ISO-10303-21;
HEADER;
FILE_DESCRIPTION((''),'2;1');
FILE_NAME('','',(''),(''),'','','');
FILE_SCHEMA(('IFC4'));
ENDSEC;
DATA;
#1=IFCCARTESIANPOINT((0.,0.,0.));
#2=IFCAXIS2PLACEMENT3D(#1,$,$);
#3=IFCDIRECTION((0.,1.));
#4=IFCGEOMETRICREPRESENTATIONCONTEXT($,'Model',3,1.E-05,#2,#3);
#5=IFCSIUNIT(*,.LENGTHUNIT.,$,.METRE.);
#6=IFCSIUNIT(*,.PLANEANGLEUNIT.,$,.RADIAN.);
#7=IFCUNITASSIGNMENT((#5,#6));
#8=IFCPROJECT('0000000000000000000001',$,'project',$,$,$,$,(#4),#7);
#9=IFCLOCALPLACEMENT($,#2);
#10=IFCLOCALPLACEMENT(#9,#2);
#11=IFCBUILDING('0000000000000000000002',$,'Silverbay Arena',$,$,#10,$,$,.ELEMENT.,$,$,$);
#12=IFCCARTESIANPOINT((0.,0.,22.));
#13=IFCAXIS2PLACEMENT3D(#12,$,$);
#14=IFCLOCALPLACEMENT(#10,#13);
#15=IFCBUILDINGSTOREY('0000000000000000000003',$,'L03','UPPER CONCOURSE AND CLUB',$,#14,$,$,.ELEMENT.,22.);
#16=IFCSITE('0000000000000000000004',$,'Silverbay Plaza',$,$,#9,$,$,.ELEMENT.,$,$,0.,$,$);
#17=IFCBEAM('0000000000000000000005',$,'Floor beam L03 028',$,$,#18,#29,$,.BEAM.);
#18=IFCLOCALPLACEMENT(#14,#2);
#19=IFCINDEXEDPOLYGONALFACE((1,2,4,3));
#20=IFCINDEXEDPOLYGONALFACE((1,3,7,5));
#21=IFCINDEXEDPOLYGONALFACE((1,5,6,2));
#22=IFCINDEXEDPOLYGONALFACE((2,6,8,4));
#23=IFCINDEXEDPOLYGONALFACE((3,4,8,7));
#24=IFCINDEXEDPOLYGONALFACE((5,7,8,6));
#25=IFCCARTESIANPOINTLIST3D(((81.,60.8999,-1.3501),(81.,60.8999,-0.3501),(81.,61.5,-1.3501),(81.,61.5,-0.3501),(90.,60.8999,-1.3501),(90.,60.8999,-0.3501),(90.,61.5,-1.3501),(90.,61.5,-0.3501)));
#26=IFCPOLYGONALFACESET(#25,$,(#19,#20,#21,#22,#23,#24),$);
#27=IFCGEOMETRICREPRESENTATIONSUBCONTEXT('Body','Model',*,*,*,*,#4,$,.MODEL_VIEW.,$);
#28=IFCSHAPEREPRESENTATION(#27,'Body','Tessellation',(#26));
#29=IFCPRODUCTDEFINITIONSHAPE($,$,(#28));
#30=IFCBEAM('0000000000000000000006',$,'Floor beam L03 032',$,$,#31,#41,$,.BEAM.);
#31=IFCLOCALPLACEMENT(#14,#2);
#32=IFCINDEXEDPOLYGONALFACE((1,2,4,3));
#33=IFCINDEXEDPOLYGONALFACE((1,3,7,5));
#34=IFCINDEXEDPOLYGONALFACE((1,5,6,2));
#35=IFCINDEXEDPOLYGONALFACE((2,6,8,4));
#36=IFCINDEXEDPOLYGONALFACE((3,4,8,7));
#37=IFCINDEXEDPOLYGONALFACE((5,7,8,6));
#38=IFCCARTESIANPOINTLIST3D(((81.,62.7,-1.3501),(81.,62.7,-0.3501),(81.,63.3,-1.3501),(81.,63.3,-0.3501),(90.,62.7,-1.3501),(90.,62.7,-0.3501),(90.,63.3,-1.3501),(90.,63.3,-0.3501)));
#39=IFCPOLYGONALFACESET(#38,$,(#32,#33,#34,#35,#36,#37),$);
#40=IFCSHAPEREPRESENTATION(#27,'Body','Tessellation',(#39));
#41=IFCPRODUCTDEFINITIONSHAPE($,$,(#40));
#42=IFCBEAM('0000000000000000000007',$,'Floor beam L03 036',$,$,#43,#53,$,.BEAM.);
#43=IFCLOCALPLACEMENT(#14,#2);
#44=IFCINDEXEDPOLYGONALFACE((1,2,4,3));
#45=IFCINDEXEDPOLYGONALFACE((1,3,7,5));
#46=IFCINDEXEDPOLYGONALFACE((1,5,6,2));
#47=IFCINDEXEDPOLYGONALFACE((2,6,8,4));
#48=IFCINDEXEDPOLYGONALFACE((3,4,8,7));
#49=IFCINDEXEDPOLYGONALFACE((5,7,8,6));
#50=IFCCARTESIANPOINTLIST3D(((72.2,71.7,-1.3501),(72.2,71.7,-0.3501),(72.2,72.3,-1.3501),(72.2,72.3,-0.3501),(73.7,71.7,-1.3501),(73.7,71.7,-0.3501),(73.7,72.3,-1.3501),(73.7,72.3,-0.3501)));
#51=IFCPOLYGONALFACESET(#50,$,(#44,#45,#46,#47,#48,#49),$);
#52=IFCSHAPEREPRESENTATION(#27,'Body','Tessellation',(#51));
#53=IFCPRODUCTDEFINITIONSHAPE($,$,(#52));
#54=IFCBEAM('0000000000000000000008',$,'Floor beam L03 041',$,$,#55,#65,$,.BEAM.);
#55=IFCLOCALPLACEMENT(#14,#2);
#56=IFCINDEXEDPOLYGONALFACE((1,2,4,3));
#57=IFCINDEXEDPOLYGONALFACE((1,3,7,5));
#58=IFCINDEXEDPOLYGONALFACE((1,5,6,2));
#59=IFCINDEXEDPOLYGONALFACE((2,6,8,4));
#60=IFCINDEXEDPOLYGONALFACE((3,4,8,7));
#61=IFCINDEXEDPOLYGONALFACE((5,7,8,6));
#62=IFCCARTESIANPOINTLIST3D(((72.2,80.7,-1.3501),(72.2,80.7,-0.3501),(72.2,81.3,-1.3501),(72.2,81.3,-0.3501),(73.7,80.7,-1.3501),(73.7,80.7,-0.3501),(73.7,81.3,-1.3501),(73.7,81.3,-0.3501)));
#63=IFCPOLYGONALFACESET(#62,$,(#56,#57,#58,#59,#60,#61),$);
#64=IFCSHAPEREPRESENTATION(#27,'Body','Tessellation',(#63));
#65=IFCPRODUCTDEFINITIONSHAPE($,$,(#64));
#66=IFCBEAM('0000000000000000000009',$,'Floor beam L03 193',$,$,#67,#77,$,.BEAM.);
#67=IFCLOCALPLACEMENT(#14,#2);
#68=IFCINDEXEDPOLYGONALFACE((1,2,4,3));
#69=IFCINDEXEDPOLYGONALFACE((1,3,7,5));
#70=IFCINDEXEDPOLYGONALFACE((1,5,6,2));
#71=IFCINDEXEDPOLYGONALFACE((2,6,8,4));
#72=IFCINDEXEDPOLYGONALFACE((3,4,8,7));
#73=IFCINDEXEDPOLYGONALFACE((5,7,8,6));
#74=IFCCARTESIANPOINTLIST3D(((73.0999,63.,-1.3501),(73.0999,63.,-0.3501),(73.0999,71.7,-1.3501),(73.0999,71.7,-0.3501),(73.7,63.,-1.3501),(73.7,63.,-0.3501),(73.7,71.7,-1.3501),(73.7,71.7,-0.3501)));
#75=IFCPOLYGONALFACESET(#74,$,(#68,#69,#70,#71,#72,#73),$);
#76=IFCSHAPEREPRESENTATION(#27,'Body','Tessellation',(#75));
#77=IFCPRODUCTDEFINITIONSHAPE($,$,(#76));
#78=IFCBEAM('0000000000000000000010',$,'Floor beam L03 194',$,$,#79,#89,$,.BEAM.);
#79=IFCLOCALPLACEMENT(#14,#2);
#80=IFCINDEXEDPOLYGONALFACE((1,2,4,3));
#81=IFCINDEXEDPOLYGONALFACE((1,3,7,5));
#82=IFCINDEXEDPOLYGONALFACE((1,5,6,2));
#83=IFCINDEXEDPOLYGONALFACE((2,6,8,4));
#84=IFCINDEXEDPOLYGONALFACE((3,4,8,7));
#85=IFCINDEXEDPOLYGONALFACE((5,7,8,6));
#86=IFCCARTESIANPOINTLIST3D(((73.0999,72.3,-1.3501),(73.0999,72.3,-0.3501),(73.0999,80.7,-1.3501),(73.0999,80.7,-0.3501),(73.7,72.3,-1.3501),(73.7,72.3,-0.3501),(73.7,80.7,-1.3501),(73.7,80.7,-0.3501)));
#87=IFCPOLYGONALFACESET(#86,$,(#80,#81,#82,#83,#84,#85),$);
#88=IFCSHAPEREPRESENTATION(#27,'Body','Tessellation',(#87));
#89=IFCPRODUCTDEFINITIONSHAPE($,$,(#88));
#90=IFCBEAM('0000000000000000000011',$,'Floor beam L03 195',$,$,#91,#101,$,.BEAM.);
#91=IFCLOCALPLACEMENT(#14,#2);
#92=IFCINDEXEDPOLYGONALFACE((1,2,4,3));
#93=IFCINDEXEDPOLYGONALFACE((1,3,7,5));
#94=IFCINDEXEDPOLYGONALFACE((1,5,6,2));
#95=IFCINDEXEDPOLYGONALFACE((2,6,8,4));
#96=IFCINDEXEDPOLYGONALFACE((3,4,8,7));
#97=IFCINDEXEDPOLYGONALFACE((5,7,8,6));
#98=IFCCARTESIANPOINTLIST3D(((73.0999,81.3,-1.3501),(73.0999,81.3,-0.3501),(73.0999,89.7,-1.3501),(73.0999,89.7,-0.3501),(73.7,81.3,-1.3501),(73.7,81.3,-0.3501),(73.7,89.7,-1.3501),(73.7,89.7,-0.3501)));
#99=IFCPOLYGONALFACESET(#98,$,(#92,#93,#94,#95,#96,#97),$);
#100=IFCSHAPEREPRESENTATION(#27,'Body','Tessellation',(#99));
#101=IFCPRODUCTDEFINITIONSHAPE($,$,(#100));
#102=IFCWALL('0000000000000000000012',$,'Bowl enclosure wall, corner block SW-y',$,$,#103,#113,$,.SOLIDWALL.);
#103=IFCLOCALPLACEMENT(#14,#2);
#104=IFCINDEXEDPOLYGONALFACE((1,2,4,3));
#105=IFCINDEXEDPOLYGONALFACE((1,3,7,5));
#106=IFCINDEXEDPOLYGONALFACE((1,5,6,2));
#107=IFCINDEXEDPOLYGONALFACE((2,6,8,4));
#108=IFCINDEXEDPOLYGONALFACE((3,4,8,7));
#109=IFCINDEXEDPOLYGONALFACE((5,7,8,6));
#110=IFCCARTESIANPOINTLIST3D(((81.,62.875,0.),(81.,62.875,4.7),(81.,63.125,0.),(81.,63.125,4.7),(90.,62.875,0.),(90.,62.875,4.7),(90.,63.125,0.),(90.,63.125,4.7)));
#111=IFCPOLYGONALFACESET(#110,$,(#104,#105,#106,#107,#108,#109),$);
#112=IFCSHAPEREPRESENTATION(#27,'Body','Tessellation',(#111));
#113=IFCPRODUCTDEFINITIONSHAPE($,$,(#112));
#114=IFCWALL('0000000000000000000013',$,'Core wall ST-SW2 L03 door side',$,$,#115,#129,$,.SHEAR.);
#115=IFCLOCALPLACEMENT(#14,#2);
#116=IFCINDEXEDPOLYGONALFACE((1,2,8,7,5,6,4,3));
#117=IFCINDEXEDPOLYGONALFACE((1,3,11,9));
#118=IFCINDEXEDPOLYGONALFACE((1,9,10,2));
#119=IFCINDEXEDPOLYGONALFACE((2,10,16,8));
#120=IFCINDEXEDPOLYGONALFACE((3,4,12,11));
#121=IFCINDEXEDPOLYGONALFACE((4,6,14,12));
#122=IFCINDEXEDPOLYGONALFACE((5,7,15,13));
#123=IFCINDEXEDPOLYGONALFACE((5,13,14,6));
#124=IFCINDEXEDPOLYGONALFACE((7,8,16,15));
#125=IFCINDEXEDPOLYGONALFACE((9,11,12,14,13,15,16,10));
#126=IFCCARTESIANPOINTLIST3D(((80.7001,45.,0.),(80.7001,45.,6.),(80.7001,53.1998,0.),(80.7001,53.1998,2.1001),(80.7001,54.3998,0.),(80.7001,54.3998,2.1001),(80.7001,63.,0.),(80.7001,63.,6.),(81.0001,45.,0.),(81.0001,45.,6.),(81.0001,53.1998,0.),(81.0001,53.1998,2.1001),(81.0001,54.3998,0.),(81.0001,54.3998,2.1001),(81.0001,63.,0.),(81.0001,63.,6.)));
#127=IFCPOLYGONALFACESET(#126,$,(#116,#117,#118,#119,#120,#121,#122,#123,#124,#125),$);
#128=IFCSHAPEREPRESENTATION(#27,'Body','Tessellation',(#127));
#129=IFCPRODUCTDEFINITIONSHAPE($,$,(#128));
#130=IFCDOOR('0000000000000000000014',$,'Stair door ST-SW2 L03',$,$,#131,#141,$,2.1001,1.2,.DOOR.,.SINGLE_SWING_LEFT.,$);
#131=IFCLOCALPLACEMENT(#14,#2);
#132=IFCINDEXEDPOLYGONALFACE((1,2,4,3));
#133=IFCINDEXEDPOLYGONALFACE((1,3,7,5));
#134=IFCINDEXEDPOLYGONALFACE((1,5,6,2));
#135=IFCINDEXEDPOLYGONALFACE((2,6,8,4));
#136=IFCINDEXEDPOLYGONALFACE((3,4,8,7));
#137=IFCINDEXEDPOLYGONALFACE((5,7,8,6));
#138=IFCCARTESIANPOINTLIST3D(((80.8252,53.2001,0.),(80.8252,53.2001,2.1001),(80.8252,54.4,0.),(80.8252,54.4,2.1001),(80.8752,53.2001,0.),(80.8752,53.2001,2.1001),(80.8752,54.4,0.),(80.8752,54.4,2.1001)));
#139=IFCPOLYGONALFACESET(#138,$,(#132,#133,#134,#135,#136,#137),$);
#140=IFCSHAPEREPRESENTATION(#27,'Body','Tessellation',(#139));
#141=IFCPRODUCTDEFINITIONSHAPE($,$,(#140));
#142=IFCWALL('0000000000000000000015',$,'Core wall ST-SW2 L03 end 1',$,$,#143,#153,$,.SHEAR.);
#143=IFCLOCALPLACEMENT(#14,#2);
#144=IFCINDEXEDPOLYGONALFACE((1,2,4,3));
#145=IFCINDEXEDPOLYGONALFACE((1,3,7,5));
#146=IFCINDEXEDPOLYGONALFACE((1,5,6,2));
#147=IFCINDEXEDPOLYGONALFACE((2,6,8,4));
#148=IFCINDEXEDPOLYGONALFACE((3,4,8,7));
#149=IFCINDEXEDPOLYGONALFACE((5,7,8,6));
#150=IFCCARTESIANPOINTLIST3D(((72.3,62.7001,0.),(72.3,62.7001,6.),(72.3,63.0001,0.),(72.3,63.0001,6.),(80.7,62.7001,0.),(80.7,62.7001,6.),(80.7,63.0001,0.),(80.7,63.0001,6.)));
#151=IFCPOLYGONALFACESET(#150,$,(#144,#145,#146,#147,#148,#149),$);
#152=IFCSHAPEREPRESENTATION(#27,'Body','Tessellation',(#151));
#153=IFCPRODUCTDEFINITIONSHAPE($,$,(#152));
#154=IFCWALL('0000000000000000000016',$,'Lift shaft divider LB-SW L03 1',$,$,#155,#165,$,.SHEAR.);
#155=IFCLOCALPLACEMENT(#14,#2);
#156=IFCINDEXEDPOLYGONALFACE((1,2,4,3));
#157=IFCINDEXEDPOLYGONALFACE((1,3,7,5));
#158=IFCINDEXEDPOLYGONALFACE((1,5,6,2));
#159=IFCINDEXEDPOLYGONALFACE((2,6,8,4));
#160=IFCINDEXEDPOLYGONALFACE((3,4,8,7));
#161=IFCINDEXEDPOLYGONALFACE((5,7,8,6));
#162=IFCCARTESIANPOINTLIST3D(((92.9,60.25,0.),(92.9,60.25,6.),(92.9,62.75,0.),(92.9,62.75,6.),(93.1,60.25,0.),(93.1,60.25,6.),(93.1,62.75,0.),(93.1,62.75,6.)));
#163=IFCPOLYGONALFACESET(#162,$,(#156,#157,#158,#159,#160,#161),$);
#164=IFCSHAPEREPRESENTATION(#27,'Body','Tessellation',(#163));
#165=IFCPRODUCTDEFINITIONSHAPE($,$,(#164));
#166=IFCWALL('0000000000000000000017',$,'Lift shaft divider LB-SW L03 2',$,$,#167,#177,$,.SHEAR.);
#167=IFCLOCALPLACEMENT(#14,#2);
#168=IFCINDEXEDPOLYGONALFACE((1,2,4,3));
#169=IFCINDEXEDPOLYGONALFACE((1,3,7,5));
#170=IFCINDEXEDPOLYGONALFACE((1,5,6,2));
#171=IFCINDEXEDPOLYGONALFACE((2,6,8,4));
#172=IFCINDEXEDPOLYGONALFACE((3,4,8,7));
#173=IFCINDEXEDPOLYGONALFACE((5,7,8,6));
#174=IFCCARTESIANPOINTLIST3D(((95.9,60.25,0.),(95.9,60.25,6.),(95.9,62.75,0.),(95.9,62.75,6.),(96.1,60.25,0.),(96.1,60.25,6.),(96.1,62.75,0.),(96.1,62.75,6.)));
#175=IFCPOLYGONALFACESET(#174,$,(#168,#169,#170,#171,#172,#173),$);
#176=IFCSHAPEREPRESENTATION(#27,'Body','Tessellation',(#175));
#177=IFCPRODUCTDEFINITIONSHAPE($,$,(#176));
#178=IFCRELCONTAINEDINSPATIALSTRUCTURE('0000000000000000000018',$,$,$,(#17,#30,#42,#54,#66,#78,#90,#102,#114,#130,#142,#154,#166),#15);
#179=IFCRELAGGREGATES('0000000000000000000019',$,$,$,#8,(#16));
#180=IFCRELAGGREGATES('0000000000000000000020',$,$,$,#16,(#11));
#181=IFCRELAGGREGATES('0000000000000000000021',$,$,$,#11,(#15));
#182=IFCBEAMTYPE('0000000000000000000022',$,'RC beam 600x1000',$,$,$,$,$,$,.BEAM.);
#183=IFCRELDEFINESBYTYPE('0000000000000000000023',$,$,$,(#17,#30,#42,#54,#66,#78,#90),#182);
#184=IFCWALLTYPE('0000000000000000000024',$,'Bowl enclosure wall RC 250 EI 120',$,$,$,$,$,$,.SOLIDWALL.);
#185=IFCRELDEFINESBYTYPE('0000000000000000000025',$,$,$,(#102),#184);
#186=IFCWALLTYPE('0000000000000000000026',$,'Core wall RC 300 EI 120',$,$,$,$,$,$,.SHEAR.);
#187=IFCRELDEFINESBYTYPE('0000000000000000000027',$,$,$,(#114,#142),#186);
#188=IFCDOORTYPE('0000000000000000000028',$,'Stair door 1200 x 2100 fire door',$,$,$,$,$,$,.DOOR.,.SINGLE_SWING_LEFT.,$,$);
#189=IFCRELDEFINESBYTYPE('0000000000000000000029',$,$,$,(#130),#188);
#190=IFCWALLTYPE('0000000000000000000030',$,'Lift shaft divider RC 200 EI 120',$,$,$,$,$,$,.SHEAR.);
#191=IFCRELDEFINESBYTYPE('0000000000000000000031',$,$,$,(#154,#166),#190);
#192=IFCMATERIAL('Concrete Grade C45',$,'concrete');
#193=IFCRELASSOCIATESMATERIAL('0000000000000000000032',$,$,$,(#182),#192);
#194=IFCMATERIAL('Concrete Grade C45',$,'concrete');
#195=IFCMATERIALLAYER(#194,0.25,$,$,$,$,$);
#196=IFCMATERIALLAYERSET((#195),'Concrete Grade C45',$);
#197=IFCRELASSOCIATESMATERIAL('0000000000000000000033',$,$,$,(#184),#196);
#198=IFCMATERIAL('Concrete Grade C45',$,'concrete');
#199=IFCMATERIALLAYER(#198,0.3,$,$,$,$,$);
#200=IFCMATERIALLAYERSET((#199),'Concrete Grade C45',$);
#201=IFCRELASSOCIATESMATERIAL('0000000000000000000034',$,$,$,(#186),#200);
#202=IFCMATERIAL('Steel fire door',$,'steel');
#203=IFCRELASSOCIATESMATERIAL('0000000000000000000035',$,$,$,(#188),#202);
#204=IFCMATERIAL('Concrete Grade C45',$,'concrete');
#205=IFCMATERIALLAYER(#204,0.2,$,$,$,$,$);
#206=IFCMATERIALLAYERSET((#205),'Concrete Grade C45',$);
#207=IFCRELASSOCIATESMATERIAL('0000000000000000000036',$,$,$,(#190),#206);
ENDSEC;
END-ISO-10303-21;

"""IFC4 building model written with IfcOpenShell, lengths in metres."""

from ifc_helpers import new_model, si_unit, direction, frame, frame_2d, origin, origin_2d, place, context, subcontext, project, spatial, rectangle, extrude, material, layer, layer_set, material_profile, profile_set, type_object, element, fill, save


model = new_model("IFC4")

# Units and contexts
model_context = context("Model", 3, precision=1e-05, world=origin(), true_north=direction((0.0, 1.0)))
body_context = subcontext(model_context, "Body", "Model", "MODEL_VIEW")
ifc_project = project(units=[si_unit("LENGTHUNIT", "METRE"), si_unit("PLANEANGLEUNIT", "RADIAN")], contexts=[model_context])

# Site, building, storey
site_placement = place(None, origin())
site = spatial("IfcSite", under=ifc_project, at=site_placement, Name="Silverbay Plaza", CompositionType="ELEMENT", RefElevation=0.0)
building_placement = place(site_placement, origin())
building = spatial("IfcBuilding", under=site, at=building_placement, Name="Silverbay Arena", CompositionType="ELEMENT")
storey_placement = place(building_placement, frame((0.0, 0.0, 22.0)))
storey = spatial("IfcBuildingStorey", under=building, at=storey_placement, Name="L03", Description="UPPER CONCOURSE AND CLUB", CompositionType="ELEMENT", Elevation=22.0)

# Beams
ifc_material_1 = material(Name="Concrete Grade C45", Category="concrete")
ifc_material_profile = material_profile(ifc_material_1, rectangle(XDim=0.6001, YDim=1.0, at=origin_2d()), Name="RC 600x1000")
ifc_profile_set = profile_set([ifc_material_profile], Name="Concrete Grade C45")
beam_type = type_object("IfcBeamType", Name="RC beam 600x1000", PredefinedType="BEAM", material=ifc_profile_set)
for number, where, z_axis, x_axis, name in (
    (1, (81.0, 61.2, -0.8501), (1.0, 0.0, 0.0), (0.0, 1.0, 0.0), "Floor beam L03 028"),
    (2, (81.0, 63.0, -0.8501), (1.0, 0.0, 0.0), (0.0, 1.0, 0.0), "Floor beam L03 032"),
):
    element("IfcBeam", number, at=place(storey_placement, frame(where, z_axis=z_axis, x_axis=x_axis)), inside=storey, type_object=beam_type, Name=name, PredefinedType="BEAM", context=body_context, shape_type="SweptSolid", body=[
        extrude(rectangle(XDim=0.6001, YDim=1.0, at=origin_2d()), origin(), (0.0, 0.0, 1.0), 9.0),
    ])
for number, where, z_axis, x_axis, name in (
    (3, (72.2, 72.0, -0.8501), (1.0, 0.0, 0.0), (0.0, 1.0, 0.0), "Floor beam L03 036"),
    (4, (72.2, 81.0, -0.8501), (1.0, 0.0, 0.0), (0.0, 1.0, 0.0), "Floor beam L03 041"),
):
    element("IfcBeam", number, at=place(storey_placement, frame(where, z_axis=z_axis, x_axis=x_axis)), inside=storey, type_object=beam_type, Name=name, PredefinedType="BEAM", context=body_context, shape_type="SweptSolid", body=[
        extrude(rectangle(XDim=0.6001, YDim=1.0, at=origin_2d()), origin(), (0.0, 0.0, 1.0), 1.5),
    ])
beam_placement = place(storey_placement, frame((73.3999, 63.0, -0.8501), z_axis=(0.0, 1.0, 0.0), x_axis=(-1.0, 0.0, 0.0)))
element("IfcBeam", 5, at=beam_placement, inside=storey, type_object=beam_type, Name="Floor beam L03 193", PredefinedType="BEAM", context=body_context, shape_type="SweptSolid", body=[
    extrude(rectangle(XDim=0.6001, YDim=1.0, at=origin_2d()), origin(), (0.0, 0.0, 1.0), 8.7),
])
for number, where, z_axis, x_axis, name in (
    (6, (73.3999, 72.3, -0.8501), (0.0, 1.0, 0.0), (-1.0, 0.0, 0.0), "Floor beam L03 194"),
    (7, (73.3999, 81.3, -0.8501), (0.0, 1.0, 0.0), (-1.0, 0.0, 0.0), "Floor beam L03 195"),
):
    element("IfcBeam", number, at=place(storey_placement, frame(where, z_axis=z_axis, x_axis=x_axis)), inside=storey, type_object=beam_type, Name=name, PredefinedType="BEAM", context=body_context, shape_type="SweptSolid", body=[
        extrude(rectangle(XDim=0.6001, YDim=1.0, at=origin_2d()), origin(), (0.0, 0.0, 1.0), 8.3999),
    ])

# Wall
ifc_material_2 = material(Name="Concrete Grade C45", Category="concrete")
ifc_layer_1 = layer(ifc_material_2, 0.25)
ifc_layer_set_1 = layer_set([ifc_layer_1], Name="Concrete Grade C45")
wall_type_1 = type_object("IfcWallType", Name="Bowl enclosure wall RC 250 EI 120", PredefinedType="SOLIDWALL", material=ifc_layer_set_1)
wall_1_placement = place(storey_placement, frame((81.0, 63.0, 0.0), z_axis=(0.0, 0.0, 1.0), x_axis=(1.0, 0.0, 0.0)))
element("IfcWall", 8, at=wall_1_placement, inside=storey, type_object=wall_type_1, Name="Bowl enclosure wall, corner block SW-y", PredefinedType="SOLIDWALL", context=body_context, shape_type="SweptSolid", body=[
    extrude(rectangle(XDim=9.0, YDim=0.25, at=frame_2d((4.5, 0.0))), origin(), (0.0, 0.0, 1.0), 4.7),
])

# Wall, opening, door
ifc_material_3 = material(Name="Concrete Grade C45", Category="concrete")
ifc_layer_2 = layer(ifc_material_3, 0.3)
ifc_layer_set_2 = layer_set([ifc_layer_2], Name="Concrete Grade C45")
wall_type_2 = type_object("IfcWallType", Name="Core wall RC 300 EI 120", PredefinedType="SHEAR", material=ifc_layer_set_2)
wall_2_placement = place(storey_placement, frame((80.8501, 63.0, 0.0), z_axis=(0.0, 0.0, 1.0), x_axis=(0.0, -1.0, 0.0)))
wall_2 = element("IfcWall", 9, at=wall_2_placement, inside=storey, type_object=wall_type_2, Name="Core wall ST-SW2 L03 door side", PredefinedType="SHEAR", context=body_context, shape_type="SweptSolid", body=[
    extrude(rectangle(XDim=18.0, YDim=0.3, at=frame_2d((9.0, 0.0))), origin(), (0.0, 0.0, 1.0), 6.0),
])
opening_1_placement = place(wall_2_placement, frame((8.6001, 0.0, 0.0)))
opening_1 = element("IfcOpeningElement", 10, at=opening_1_placement, cuts=wall_2, PredefinedType="OPENING", context=body_context, shape_type="SweptSolid", body=[
    extrude(rectangle(XDim=1.2, YDim=2.1001, at=frame_2d((0.6001, 1.05))), frame((0.0, 0.1602, 0.0), z_axis=(0.0, -1.0, 0.0), x_axis=(1.0, 0.0, 0.0)), (0.0, 0.0, 1.0), 0.3201),
])
ifc_material_4 = material(Name="Steel fire door", Category="steel")
door_type_1 = type_object("IfcDoorType", Name="Stair door 1200 x 2100 fire door", OperationType="SINGLE_SWING_LEFT", PredefinedType="DOOR", material=ifc_material_4)
door_1_placement = place(opening_1_placement, frame((1.2, 0.0, 0.0), z_axis=(0.0, 0.0, 1.0), x_axis=(-1.0, 0.0, 0.0)))
door_1 = element("IfcDoor", 11, at=door_1_placement, inside=storey, type_object=door_type_1, Name="Stair door ST-SW2 L03", OperationType="SINGLE_SWING_LEFT", OverallHeight=2.1001, OverallWidth=1.2, PredefinedType="DOOR", context=body_context, shape_type="SweptSolid", body=[
    extrude(rectangle(XDim=1.2, YDim=2.1001, at=frame_2d((0.6001, 1.05))), frame((0.0, 0.0249, 0.0), z_axis=(0.0, -1.0, 0.0), x_axis=(1.0, 0.0, 0.0)), (0.0, 0.0, 1.0), 0.05),
])
fill(opening_1, door_1)

# Walls
wall_3_placement = place(storey_placement, frame((80.7, 62.8501, 0.0), z_axis=(0.0, 0.0, 1.0), x_axis=(-1.0, 0.0, 0.0)))
element("IfcWall", 12, at=wall_3_placement, inside=storey, type_object=wall_type_2, Name="Core wall ST-SW2 L03 end 1", PredefinedType="SHEAR", context=body_context, shape_type="SweptSolid", body=[
    extrude(rectangle(XDim=8.3999, YDim=0.3, at=frame_2d((4.2, 0.0))), origin(), (0.0, 0.0, 1.0), 6.0),
])
ifc_material_5 = material(Name="Concrete Grade C45", Category="concrete")
ifc_layer_3 = layer(ifc_material_5, 0.2)
ifc_layer_set_3 = layer_set([ifc_layer_3], Name="Concrete Grade C45")
wall_type_3 = type_object("IfcWallType", Name="Lift shaft divider RC 200 EI 120", PredefinedType="SHEAR", material=ifc_layer_set_3)
for number, where, z_axis, x_axis, name in (
    (13, (93.0, 60.25, 0.0), (0.0, 0.0, 1.0), (0.0, 1.0, 0.0), "Lift shaft divider LB-SW L03 1"),
    (14, (96.0, 60.25, 0.0), (0.0, 0.0, 1.0), (0.0, 1.0, 0.0), "Lift shaft divider LB-SW L03 2"),
):
    element("IfcWall", number, at=place(storey_placement, frame(where, z_axis=z_axis, x_axis=x_axis)), inside=storey, type_object=wall_type_3, Name=name, PredefinedType="SHEAR", context=body_context, shape_type="SweptSolid", body=[
        extrude(rectangle(XDim=2.5, YDim=0.2, at=frame_2d((1.25, 0.0))), origin(), (0.0, 0.0, 1.0), 6.0),
    ])

save(model, "model.ifc")
